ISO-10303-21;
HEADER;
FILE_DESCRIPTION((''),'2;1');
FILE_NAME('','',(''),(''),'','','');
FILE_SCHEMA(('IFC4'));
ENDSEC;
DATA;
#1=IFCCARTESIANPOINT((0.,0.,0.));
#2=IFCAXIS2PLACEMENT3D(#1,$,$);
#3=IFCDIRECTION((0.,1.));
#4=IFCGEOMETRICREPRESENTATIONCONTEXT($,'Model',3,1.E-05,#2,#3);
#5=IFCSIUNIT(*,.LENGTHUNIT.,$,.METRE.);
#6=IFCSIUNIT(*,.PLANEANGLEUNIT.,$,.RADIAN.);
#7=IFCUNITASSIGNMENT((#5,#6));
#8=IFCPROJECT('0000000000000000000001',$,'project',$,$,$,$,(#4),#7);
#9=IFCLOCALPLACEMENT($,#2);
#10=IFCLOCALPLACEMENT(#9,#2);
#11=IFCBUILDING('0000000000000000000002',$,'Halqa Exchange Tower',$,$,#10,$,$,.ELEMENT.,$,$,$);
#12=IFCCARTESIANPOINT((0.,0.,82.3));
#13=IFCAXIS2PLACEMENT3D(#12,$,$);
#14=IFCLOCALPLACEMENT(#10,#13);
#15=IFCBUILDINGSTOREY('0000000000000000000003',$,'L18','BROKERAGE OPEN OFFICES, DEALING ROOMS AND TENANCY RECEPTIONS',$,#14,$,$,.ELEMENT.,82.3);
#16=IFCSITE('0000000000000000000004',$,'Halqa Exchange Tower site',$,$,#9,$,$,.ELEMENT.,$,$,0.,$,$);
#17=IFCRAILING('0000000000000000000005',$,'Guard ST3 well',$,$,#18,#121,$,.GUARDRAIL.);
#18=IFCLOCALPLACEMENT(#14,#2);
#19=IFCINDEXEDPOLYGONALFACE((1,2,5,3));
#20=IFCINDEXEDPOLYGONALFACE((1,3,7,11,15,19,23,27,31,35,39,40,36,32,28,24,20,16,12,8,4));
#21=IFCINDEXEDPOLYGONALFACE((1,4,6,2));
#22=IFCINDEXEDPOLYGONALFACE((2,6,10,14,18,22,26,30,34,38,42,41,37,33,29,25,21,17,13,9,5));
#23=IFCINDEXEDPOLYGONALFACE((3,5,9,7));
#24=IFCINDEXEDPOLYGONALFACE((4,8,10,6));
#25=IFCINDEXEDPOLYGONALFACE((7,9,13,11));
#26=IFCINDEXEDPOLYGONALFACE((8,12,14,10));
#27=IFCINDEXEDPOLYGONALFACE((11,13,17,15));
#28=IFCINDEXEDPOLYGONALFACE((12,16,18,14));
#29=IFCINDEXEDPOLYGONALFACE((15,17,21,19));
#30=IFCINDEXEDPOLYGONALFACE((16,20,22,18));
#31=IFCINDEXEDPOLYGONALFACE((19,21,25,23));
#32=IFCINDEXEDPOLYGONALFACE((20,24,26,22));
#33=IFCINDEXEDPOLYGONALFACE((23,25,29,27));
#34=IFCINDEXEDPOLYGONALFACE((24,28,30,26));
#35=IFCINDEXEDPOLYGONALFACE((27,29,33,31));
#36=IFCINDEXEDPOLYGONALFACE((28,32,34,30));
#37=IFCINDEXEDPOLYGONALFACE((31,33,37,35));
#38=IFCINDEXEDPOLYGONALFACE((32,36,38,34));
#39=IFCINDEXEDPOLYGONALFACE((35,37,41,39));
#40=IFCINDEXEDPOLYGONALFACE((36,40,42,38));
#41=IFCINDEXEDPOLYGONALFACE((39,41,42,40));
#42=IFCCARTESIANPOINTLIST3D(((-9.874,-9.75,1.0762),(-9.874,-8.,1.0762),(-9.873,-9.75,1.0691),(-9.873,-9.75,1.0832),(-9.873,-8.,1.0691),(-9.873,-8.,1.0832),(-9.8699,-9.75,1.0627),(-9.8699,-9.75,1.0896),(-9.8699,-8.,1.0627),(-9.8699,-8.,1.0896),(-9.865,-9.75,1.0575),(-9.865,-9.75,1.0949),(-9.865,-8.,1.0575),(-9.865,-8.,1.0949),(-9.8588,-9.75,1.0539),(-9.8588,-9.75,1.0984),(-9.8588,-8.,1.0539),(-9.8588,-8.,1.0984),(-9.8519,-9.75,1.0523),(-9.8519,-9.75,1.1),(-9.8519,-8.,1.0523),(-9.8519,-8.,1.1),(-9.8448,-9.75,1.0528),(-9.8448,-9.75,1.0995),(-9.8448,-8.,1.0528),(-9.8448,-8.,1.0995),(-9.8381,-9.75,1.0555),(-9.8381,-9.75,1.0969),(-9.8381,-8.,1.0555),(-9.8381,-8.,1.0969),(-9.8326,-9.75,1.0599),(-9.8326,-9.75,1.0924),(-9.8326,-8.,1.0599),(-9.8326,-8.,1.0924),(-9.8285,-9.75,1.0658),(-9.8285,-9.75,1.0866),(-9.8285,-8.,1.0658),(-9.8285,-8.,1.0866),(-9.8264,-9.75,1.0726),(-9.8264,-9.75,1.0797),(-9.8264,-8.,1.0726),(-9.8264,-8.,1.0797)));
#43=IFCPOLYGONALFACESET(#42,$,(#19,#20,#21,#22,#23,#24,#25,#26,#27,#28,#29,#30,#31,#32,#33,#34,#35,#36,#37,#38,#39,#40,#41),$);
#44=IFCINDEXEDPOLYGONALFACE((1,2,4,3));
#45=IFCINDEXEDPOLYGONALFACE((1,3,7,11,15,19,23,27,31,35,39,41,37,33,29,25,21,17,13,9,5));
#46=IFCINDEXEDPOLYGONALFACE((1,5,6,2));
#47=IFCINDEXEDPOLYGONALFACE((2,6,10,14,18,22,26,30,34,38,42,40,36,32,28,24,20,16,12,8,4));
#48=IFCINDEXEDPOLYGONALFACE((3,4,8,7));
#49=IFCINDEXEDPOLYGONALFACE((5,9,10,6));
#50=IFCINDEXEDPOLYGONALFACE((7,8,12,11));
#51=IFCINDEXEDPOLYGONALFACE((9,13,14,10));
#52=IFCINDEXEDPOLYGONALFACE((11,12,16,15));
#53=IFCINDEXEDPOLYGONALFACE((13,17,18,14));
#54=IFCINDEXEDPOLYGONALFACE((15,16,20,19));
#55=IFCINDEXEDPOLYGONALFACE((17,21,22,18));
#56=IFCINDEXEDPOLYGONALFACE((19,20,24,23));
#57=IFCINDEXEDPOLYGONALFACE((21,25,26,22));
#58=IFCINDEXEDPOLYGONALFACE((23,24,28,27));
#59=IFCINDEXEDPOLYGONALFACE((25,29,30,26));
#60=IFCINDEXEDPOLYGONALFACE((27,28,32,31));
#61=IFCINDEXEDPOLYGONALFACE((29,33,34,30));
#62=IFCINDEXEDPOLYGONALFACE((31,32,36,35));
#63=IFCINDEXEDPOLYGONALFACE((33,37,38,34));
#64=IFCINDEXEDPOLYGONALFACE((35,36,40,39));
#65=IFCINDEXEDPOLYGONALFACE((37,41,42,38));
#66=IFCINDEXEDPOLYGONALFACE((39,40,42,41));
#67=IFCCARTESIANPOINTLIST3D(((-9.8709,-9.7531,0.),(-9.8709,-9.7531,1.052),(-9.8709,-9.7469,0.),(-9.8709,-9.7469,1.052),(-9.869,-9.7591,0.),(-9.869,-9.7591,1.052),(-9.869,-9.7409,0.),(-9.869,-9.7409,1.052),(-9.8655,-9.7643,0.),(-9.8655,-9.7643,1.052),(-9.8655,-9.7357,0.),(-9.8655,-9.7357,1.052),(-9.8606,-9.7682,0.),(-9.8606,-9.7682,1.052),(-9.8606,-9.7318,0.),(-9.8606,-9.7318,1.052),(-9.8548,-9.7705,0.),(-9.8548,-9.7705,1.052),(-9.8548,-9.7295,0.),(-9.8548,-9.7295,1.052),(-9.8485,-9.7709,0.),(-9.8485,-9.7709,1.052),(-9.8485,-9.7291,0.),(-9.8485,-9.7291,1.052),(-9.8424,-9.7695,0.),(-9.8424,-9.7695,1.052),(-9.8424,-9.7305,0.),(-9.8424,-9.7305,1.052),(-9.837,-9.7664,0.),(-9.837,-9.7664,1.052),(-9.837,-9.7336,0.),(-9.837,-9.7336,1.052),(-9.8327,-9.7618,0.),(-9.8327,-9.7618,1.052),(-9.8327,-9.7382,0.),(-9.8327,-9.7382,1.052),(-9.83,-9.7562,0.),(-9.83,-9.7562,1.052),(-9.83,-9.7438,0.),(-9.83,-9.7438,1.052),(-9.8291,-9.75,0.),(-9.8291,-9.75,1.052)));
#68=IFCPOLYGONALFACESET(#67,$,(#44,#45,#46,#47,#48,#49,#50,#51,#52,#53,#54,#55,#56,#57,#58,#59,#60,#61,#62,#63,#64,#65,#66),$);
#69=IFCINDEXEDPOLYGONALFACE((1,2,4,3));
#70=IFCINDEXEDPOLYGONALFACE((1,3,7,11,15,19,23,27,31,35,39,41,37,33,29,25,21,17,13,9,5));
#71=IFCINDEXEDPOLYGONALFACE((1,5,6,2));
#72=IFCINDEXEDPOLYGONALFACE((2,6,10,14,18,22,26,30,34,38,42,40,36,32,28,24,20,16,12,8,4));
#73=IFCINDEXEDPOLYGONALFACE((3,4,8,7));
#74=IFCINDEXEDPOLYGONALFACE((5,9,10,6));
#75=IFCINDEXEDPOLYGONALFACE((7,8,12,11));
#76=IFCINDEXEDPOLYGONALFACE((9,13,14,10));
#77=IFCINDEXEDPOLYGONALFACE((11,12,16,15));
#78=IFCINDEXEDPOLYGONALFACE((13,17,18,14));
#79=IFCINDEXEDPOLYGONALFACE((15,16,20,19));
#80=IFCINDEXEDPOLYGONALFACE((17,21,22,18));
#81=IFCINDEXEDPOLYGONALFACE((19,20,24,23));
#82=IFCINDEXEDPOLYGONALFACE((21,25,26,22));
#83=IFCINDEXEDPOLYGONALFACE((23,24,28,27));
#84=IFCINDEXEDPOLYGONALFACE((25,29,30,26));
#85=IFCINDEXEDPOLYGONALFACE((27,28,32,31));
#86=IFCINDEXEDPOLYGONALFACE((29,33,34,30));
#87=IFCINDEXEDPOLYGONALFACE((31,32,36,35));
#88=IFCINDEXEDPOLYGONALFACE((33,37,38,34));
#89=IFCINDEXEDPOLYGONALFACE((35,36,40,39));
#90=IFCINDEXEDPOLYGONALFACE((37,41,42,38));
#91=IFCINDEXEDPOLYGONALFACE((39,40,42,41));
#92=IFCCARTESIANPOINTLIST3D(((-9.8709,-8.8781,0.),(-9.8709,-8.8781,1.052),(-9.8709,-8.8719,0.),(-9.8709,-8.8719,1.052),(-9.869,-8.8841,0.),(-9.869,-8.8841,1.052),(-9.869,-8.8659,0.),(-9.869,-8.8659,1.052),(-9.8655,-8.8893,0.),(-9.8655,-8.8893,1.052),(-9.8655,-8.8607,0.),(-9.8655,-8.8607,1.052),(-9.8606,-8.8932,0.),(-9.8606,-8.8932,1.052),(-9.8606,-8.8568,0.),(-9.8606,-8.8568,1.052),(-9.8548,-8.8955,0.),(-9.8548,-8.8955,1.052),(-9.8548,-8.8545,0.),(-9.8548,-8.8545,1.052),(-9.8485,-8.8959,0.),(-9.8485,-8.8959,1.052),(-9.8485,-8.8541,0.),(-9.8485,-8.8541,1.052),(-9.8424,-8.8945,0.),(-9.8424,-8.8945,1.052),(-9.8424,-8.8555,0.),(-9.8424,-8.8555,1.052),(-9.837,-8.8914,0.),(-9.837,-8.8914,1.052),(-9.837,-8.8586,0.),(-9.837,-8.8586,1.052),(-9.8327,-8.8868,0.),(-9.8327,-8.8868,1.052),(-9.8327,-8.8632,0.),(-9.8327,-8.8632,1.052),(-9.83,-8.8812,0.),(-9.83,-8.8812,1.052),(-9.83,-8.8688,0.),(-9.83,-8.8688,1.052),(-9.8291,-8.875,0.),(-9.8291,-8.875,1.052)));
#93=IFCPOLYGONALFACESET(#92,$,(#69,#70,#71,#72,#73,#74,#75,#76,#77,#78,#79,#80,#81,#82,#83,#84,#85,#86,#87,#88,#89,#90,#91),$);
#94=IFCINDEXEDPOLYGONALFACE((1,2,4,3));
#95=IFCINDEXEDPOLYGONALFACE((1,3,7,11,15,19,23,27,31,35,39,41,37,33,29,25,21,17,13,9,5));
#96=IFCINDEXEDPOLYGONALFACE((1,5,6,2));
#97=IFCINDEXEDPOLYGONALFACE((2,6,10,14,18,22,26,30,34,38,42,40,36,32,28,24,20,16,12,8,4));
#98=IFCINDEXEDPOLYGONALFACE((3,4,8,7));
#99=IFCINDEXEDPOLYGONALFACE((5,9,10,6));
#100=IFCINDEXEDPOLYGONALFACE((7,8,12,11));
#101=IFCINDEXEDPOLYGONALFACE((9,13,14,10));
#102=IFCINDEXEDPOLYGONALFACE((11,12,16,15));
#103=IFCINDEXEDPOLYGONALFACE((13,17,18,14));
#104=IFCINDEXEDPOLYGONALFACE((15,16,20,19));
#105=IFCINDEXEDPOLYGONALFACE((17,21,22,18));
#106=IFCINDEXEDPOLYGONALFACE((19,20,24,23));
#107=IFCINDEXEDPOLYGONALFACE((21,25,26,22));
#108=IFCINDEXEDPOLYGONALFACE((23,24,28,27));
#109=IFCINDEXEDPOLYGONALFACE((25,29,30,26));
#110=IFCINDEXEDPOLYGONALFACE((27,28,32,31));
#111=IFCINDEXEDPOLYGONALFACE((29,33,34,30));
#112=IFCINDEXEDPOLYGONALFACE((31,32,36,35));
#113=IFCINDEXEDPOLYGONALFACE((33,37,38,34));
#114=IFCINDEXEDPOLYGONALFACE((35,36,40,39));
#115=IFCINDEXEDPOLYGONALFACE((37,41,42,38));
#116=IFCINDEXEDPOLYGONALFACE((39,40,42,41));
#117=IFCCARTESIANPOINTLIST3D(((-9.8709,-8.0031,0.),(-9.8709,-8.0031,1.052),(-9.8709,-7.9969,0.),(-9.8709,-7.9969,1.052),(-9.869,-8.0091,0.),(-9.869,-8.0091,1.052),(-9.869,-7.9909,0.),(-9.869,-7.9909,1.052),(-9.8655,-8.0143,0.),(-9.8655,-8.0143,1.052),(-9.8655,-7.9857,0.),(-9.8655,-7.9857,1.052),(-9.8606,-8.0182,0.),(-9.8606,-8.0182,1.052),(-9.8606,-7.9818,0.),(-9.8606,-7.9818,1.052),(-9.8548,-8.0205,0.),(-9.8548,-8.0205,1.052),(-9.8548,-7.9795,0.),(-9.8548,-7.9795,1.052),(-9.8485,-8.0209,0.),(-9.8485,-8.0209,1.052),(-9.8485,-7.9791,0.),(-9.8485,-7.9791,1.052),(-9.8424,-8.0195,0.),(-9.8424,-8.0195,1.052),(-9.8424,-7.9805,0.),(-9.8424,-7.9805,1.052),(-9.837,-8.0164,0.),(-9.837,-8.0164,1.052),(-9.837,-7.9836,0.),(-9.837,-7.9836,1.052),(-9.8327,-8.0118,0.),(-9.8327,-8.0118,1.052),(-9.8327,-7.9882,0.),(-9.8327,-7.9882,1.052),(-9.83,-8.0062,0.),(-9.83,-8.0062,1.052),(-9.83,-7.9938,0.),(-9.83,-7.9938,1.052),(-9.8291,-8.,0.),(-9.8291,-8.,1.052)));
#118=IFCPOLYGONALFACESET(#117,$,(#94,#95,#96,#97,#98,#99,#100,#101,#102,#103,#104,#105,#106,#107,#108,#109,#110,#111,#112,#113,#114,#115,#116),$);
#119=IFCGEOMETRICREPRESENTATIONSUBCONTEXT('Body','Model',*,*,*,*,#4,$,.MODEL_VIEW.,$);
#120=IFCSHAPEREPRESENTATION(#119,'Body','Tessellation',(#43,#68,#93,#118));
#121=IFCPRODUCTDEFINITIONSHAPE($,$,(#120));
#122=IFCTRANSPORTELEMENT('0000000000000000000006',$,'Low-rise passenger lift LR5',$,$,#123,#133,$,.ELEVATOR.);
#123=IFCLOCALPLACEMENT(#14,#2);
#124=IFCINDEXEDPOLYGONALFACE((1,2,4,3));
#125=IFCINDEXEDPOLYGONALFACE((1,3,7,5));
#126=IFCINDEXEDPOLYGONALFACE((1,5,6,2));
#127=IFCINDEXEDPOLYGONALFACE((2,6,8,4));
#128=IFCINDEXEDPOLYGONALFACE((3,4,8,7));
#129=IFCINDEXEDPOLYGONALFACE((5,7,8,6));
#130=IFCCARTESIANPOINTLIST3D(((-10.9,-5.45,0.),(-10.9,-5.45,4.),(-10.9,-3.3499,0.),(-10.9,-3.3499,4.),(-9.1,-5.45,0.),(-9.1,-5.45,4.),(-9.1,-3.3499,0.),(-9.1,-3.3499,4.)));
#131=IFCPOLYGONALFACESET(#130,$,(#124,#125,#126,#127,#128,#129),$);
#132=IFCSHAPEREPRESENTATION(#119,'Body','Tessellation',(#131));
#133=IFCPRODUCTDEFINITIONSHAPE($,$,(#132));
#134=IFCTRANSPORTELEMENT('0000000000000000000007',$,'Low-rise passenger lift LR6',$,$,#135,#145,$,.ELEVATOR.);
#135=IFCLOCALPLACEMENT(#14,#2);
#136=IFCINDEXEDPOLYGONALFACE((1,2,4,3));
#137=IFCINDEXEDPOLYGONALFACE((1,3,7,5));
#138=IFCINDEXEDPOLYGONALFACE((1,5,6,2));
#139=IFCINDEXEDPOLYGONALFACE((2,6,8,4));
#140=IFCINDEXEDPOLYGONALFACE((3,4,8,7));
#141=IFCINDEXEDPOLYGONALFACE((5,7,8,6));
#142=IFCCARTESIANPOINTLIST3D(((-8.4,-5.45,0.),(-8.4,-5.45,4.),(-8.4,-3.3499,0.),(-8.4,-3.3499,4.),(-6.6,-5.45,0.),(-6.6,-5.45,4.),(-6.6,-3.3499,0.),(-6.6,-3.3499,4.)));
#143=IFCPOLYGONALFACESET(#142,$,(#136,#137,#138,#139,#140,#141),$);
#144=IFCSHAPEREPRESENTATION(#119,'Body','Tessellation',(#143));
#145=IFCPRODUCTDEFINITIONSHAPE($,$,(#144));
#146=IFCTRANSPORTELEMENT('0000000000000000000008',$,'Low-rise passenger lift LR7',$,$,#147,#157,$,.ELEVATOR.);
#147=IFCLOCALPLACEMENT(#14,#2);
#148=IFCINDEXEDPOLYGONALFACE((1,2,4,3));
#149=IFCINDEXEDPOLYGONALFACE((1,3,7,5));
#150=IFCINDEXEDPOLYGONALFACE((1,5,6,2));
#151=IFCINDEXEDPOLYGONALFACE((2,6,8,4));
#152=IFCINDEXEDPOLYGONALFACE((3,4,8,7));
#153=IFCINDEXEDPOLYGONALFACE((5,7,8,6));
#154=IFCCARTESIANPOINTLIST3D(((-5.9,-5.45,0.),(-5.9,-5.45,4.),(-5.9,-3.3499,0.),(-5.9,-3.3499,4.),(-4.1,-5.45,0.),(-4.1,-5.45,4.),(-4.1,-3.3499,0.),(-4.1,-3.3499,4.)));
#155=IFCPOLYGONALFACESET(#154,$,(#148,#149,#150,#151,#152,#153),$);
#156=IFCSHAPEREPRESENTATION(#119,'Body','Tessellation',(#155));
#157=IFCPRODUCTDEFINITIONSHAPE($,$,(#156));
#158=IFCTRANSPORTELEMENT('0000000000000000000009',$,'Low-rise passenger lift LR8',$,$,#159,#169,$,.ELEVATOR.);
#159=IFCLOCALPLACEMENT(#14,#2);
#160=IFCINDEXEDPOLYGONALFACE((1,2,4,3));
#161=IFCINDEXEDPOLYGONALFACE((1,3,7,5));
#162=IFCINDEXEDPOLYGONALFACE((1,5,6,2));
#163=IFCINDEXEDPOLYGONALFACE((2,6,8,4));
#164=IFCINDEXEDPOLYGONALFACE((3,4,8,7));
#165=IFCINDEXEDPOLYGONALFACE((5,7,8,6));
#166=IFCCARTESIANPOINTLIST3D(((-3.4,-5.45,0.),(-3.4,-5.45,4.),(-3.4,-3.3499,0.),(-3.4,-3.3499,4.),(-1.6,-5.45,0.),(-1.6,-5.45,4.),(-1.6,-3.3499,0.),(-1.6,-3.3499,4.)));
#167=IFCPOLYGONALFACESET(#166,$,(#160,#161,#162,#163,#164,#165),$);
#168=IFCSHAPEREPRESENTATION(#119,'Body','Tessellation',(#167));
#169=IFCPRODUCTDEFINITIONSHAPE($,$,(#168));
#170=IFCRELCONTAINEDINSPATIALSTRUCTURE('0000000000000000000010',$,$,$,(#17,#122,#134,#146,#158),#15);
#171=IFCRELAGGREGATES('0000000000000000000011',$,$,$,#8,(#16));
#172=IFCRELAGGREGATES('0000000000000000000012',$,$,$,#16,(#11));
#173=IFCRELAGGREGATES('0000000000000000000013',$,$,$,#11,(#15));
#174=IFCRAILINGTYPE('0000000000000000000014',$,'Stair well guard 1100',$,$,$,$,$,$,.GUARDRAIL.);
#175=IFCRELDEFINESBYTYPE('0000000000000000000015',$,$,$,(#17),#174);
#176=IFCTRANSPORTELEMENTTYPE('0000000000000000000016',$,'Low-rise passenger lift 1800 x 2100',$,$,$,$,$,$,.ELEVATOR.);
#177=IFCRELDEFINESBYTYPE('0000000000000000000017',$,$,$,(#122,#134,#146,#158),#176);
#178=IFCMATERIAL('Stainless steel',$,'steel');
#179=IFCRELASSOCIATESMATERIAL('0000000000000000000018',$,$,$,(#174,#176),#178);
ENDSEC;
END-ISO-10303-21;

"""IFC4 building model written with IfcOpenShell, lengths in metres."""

from ifc_helpers import new_model, si_unit, direction, frame, origin, origin_2d, place, context, subcontext, project, spatial, rectangle, circle, extrude, material, type_object, element, save


model = new_model("IFC4")

# Units and contexts
model_context = context("Model", 3, precision=1e-05, world=origin(), true_north=direction((0.0, 1.0)))
body_context = subcontext(model_context, "Body", "Model", "MODEL_VIEW")
ifc_project = project(units=[si_unit("LENGTHUNIT", "METRE"), si_unit("PLANEANGLEUNIT", "RADIAN")], contexts=[model_context])

# Site, building, storey
site_placement = place(None, origin())
site = spatial("IfcSite", under=ifc_project, at=site_placement, Name="Halqa Exchange Tower site", CompositionType="ELEMENT", RefElevation=0.0)
building_placement = place(site_placement, origin())
building = spatial("IfcBuilding", under=site, at=building_placement, Name="Halqa Exchange Tower", CompositionType="ELEMENT")
storey_placement = place(building_placement, frame((0.0, 0.0, 82.3)))
storey = spatial("IfcBuildingStorey", under=building, at=storey_placement, Name="L18", Description="BROKERAGE OPEN OFFICES, DEALING ROOMS AND TENANCY RECEPTIONS", CompositionType="ELEMENT", Elevation=82.3)

# Shared definitions
ifc_material_1 = material(Name="Stainless steel", Category="steel")

# Railing
railing_type_1 = type_object("IfcRailingType", Name="Stair well guard 1100", PredefinedType="GUARDRAIL", material=ifc_material_1)
railing_1_placement = place(storey_placement, frame((-9.8501, -9.75, 0.0)))
element("IfcRailing", 1, at=railing_1_placement, inside=storey, type_object=railing_type_1, Name="Guard ST3 well", PredefinedType="GUARDRAIL", context=body_context, shape_type="SweptSolid", body=[
    extrude(circle(Radius=0.0239, at=origin_2d()), frame((0.0, 0.0, 1.0762), z_axis=(0.0, 1.0, 0.0), x_axis=(-1.0, 0.0, 0.0)), (0.0, 0.0, 1.0), 1.75),
    extrude(circle(Radius=0.021, at=origin_2d()), origin(), (0.0, 0.0, 1.0), 1.052),
    extrude(circle(Radius=0.021, at=origin_2d()), frame((0.0, 0.875, 0.0)), (0.0, 0.0, 1.0), 1.052),
    extrude(circle(Radius=0.021, at=origin_2d()), frame((0.0, 1.75, 0.0)), (0.0, 0.0, 1.0), 1.052),
])

# Transport elements
transport_element_type = type_object("IfcTransportElementType", Name="Low-rise passenger lift 1800 x 2100", PredefinedType="ELEVATOR", material=ifc_material_1)
for number, where, z_axis, x_axis, name in (
    (2, (-10.0, -4.3999, 0.0), (0.0, 0.0, 1.0), (1.0, 0.0, 0.0), "Low-rise passenger lift LR5"),
    (3, (-7.5, -4.3999, 0.0), (0.0, 0.0, 1.0), (1.0, 0.0, 0.0), "Low-rise passenger lift LR6"),
    (4, (-5.0, -4.3999, 0.0), (0.0, 0.0, 1.0), (1.0, 0.0, 0.0), "Low-rise passenger lift LR7"),
    (5, (-2.5, -4.3999, 0.0), (0.0, 0.0, 1.0), (1.0, 0.0, 0.0), "Low-rise passenger lift LR8"),
):
    element("IfcTransportElement", number, at=place(storey_placement, frame(where, z_axis=z_axis, x_axis=x_axis)), inside=storey, type_object=transport_element_type, Name=name, PredefinedType="ELEVATOR", context=body_context, shape_type="SweptSolid", body=[
        extrude(rectangle(XDim=1.8, YDim=2.1001, at=origin_2d()), origin(), (0.0, 0.0, 1.0), 4.0),
    ])

save(model, "model.ifc")
